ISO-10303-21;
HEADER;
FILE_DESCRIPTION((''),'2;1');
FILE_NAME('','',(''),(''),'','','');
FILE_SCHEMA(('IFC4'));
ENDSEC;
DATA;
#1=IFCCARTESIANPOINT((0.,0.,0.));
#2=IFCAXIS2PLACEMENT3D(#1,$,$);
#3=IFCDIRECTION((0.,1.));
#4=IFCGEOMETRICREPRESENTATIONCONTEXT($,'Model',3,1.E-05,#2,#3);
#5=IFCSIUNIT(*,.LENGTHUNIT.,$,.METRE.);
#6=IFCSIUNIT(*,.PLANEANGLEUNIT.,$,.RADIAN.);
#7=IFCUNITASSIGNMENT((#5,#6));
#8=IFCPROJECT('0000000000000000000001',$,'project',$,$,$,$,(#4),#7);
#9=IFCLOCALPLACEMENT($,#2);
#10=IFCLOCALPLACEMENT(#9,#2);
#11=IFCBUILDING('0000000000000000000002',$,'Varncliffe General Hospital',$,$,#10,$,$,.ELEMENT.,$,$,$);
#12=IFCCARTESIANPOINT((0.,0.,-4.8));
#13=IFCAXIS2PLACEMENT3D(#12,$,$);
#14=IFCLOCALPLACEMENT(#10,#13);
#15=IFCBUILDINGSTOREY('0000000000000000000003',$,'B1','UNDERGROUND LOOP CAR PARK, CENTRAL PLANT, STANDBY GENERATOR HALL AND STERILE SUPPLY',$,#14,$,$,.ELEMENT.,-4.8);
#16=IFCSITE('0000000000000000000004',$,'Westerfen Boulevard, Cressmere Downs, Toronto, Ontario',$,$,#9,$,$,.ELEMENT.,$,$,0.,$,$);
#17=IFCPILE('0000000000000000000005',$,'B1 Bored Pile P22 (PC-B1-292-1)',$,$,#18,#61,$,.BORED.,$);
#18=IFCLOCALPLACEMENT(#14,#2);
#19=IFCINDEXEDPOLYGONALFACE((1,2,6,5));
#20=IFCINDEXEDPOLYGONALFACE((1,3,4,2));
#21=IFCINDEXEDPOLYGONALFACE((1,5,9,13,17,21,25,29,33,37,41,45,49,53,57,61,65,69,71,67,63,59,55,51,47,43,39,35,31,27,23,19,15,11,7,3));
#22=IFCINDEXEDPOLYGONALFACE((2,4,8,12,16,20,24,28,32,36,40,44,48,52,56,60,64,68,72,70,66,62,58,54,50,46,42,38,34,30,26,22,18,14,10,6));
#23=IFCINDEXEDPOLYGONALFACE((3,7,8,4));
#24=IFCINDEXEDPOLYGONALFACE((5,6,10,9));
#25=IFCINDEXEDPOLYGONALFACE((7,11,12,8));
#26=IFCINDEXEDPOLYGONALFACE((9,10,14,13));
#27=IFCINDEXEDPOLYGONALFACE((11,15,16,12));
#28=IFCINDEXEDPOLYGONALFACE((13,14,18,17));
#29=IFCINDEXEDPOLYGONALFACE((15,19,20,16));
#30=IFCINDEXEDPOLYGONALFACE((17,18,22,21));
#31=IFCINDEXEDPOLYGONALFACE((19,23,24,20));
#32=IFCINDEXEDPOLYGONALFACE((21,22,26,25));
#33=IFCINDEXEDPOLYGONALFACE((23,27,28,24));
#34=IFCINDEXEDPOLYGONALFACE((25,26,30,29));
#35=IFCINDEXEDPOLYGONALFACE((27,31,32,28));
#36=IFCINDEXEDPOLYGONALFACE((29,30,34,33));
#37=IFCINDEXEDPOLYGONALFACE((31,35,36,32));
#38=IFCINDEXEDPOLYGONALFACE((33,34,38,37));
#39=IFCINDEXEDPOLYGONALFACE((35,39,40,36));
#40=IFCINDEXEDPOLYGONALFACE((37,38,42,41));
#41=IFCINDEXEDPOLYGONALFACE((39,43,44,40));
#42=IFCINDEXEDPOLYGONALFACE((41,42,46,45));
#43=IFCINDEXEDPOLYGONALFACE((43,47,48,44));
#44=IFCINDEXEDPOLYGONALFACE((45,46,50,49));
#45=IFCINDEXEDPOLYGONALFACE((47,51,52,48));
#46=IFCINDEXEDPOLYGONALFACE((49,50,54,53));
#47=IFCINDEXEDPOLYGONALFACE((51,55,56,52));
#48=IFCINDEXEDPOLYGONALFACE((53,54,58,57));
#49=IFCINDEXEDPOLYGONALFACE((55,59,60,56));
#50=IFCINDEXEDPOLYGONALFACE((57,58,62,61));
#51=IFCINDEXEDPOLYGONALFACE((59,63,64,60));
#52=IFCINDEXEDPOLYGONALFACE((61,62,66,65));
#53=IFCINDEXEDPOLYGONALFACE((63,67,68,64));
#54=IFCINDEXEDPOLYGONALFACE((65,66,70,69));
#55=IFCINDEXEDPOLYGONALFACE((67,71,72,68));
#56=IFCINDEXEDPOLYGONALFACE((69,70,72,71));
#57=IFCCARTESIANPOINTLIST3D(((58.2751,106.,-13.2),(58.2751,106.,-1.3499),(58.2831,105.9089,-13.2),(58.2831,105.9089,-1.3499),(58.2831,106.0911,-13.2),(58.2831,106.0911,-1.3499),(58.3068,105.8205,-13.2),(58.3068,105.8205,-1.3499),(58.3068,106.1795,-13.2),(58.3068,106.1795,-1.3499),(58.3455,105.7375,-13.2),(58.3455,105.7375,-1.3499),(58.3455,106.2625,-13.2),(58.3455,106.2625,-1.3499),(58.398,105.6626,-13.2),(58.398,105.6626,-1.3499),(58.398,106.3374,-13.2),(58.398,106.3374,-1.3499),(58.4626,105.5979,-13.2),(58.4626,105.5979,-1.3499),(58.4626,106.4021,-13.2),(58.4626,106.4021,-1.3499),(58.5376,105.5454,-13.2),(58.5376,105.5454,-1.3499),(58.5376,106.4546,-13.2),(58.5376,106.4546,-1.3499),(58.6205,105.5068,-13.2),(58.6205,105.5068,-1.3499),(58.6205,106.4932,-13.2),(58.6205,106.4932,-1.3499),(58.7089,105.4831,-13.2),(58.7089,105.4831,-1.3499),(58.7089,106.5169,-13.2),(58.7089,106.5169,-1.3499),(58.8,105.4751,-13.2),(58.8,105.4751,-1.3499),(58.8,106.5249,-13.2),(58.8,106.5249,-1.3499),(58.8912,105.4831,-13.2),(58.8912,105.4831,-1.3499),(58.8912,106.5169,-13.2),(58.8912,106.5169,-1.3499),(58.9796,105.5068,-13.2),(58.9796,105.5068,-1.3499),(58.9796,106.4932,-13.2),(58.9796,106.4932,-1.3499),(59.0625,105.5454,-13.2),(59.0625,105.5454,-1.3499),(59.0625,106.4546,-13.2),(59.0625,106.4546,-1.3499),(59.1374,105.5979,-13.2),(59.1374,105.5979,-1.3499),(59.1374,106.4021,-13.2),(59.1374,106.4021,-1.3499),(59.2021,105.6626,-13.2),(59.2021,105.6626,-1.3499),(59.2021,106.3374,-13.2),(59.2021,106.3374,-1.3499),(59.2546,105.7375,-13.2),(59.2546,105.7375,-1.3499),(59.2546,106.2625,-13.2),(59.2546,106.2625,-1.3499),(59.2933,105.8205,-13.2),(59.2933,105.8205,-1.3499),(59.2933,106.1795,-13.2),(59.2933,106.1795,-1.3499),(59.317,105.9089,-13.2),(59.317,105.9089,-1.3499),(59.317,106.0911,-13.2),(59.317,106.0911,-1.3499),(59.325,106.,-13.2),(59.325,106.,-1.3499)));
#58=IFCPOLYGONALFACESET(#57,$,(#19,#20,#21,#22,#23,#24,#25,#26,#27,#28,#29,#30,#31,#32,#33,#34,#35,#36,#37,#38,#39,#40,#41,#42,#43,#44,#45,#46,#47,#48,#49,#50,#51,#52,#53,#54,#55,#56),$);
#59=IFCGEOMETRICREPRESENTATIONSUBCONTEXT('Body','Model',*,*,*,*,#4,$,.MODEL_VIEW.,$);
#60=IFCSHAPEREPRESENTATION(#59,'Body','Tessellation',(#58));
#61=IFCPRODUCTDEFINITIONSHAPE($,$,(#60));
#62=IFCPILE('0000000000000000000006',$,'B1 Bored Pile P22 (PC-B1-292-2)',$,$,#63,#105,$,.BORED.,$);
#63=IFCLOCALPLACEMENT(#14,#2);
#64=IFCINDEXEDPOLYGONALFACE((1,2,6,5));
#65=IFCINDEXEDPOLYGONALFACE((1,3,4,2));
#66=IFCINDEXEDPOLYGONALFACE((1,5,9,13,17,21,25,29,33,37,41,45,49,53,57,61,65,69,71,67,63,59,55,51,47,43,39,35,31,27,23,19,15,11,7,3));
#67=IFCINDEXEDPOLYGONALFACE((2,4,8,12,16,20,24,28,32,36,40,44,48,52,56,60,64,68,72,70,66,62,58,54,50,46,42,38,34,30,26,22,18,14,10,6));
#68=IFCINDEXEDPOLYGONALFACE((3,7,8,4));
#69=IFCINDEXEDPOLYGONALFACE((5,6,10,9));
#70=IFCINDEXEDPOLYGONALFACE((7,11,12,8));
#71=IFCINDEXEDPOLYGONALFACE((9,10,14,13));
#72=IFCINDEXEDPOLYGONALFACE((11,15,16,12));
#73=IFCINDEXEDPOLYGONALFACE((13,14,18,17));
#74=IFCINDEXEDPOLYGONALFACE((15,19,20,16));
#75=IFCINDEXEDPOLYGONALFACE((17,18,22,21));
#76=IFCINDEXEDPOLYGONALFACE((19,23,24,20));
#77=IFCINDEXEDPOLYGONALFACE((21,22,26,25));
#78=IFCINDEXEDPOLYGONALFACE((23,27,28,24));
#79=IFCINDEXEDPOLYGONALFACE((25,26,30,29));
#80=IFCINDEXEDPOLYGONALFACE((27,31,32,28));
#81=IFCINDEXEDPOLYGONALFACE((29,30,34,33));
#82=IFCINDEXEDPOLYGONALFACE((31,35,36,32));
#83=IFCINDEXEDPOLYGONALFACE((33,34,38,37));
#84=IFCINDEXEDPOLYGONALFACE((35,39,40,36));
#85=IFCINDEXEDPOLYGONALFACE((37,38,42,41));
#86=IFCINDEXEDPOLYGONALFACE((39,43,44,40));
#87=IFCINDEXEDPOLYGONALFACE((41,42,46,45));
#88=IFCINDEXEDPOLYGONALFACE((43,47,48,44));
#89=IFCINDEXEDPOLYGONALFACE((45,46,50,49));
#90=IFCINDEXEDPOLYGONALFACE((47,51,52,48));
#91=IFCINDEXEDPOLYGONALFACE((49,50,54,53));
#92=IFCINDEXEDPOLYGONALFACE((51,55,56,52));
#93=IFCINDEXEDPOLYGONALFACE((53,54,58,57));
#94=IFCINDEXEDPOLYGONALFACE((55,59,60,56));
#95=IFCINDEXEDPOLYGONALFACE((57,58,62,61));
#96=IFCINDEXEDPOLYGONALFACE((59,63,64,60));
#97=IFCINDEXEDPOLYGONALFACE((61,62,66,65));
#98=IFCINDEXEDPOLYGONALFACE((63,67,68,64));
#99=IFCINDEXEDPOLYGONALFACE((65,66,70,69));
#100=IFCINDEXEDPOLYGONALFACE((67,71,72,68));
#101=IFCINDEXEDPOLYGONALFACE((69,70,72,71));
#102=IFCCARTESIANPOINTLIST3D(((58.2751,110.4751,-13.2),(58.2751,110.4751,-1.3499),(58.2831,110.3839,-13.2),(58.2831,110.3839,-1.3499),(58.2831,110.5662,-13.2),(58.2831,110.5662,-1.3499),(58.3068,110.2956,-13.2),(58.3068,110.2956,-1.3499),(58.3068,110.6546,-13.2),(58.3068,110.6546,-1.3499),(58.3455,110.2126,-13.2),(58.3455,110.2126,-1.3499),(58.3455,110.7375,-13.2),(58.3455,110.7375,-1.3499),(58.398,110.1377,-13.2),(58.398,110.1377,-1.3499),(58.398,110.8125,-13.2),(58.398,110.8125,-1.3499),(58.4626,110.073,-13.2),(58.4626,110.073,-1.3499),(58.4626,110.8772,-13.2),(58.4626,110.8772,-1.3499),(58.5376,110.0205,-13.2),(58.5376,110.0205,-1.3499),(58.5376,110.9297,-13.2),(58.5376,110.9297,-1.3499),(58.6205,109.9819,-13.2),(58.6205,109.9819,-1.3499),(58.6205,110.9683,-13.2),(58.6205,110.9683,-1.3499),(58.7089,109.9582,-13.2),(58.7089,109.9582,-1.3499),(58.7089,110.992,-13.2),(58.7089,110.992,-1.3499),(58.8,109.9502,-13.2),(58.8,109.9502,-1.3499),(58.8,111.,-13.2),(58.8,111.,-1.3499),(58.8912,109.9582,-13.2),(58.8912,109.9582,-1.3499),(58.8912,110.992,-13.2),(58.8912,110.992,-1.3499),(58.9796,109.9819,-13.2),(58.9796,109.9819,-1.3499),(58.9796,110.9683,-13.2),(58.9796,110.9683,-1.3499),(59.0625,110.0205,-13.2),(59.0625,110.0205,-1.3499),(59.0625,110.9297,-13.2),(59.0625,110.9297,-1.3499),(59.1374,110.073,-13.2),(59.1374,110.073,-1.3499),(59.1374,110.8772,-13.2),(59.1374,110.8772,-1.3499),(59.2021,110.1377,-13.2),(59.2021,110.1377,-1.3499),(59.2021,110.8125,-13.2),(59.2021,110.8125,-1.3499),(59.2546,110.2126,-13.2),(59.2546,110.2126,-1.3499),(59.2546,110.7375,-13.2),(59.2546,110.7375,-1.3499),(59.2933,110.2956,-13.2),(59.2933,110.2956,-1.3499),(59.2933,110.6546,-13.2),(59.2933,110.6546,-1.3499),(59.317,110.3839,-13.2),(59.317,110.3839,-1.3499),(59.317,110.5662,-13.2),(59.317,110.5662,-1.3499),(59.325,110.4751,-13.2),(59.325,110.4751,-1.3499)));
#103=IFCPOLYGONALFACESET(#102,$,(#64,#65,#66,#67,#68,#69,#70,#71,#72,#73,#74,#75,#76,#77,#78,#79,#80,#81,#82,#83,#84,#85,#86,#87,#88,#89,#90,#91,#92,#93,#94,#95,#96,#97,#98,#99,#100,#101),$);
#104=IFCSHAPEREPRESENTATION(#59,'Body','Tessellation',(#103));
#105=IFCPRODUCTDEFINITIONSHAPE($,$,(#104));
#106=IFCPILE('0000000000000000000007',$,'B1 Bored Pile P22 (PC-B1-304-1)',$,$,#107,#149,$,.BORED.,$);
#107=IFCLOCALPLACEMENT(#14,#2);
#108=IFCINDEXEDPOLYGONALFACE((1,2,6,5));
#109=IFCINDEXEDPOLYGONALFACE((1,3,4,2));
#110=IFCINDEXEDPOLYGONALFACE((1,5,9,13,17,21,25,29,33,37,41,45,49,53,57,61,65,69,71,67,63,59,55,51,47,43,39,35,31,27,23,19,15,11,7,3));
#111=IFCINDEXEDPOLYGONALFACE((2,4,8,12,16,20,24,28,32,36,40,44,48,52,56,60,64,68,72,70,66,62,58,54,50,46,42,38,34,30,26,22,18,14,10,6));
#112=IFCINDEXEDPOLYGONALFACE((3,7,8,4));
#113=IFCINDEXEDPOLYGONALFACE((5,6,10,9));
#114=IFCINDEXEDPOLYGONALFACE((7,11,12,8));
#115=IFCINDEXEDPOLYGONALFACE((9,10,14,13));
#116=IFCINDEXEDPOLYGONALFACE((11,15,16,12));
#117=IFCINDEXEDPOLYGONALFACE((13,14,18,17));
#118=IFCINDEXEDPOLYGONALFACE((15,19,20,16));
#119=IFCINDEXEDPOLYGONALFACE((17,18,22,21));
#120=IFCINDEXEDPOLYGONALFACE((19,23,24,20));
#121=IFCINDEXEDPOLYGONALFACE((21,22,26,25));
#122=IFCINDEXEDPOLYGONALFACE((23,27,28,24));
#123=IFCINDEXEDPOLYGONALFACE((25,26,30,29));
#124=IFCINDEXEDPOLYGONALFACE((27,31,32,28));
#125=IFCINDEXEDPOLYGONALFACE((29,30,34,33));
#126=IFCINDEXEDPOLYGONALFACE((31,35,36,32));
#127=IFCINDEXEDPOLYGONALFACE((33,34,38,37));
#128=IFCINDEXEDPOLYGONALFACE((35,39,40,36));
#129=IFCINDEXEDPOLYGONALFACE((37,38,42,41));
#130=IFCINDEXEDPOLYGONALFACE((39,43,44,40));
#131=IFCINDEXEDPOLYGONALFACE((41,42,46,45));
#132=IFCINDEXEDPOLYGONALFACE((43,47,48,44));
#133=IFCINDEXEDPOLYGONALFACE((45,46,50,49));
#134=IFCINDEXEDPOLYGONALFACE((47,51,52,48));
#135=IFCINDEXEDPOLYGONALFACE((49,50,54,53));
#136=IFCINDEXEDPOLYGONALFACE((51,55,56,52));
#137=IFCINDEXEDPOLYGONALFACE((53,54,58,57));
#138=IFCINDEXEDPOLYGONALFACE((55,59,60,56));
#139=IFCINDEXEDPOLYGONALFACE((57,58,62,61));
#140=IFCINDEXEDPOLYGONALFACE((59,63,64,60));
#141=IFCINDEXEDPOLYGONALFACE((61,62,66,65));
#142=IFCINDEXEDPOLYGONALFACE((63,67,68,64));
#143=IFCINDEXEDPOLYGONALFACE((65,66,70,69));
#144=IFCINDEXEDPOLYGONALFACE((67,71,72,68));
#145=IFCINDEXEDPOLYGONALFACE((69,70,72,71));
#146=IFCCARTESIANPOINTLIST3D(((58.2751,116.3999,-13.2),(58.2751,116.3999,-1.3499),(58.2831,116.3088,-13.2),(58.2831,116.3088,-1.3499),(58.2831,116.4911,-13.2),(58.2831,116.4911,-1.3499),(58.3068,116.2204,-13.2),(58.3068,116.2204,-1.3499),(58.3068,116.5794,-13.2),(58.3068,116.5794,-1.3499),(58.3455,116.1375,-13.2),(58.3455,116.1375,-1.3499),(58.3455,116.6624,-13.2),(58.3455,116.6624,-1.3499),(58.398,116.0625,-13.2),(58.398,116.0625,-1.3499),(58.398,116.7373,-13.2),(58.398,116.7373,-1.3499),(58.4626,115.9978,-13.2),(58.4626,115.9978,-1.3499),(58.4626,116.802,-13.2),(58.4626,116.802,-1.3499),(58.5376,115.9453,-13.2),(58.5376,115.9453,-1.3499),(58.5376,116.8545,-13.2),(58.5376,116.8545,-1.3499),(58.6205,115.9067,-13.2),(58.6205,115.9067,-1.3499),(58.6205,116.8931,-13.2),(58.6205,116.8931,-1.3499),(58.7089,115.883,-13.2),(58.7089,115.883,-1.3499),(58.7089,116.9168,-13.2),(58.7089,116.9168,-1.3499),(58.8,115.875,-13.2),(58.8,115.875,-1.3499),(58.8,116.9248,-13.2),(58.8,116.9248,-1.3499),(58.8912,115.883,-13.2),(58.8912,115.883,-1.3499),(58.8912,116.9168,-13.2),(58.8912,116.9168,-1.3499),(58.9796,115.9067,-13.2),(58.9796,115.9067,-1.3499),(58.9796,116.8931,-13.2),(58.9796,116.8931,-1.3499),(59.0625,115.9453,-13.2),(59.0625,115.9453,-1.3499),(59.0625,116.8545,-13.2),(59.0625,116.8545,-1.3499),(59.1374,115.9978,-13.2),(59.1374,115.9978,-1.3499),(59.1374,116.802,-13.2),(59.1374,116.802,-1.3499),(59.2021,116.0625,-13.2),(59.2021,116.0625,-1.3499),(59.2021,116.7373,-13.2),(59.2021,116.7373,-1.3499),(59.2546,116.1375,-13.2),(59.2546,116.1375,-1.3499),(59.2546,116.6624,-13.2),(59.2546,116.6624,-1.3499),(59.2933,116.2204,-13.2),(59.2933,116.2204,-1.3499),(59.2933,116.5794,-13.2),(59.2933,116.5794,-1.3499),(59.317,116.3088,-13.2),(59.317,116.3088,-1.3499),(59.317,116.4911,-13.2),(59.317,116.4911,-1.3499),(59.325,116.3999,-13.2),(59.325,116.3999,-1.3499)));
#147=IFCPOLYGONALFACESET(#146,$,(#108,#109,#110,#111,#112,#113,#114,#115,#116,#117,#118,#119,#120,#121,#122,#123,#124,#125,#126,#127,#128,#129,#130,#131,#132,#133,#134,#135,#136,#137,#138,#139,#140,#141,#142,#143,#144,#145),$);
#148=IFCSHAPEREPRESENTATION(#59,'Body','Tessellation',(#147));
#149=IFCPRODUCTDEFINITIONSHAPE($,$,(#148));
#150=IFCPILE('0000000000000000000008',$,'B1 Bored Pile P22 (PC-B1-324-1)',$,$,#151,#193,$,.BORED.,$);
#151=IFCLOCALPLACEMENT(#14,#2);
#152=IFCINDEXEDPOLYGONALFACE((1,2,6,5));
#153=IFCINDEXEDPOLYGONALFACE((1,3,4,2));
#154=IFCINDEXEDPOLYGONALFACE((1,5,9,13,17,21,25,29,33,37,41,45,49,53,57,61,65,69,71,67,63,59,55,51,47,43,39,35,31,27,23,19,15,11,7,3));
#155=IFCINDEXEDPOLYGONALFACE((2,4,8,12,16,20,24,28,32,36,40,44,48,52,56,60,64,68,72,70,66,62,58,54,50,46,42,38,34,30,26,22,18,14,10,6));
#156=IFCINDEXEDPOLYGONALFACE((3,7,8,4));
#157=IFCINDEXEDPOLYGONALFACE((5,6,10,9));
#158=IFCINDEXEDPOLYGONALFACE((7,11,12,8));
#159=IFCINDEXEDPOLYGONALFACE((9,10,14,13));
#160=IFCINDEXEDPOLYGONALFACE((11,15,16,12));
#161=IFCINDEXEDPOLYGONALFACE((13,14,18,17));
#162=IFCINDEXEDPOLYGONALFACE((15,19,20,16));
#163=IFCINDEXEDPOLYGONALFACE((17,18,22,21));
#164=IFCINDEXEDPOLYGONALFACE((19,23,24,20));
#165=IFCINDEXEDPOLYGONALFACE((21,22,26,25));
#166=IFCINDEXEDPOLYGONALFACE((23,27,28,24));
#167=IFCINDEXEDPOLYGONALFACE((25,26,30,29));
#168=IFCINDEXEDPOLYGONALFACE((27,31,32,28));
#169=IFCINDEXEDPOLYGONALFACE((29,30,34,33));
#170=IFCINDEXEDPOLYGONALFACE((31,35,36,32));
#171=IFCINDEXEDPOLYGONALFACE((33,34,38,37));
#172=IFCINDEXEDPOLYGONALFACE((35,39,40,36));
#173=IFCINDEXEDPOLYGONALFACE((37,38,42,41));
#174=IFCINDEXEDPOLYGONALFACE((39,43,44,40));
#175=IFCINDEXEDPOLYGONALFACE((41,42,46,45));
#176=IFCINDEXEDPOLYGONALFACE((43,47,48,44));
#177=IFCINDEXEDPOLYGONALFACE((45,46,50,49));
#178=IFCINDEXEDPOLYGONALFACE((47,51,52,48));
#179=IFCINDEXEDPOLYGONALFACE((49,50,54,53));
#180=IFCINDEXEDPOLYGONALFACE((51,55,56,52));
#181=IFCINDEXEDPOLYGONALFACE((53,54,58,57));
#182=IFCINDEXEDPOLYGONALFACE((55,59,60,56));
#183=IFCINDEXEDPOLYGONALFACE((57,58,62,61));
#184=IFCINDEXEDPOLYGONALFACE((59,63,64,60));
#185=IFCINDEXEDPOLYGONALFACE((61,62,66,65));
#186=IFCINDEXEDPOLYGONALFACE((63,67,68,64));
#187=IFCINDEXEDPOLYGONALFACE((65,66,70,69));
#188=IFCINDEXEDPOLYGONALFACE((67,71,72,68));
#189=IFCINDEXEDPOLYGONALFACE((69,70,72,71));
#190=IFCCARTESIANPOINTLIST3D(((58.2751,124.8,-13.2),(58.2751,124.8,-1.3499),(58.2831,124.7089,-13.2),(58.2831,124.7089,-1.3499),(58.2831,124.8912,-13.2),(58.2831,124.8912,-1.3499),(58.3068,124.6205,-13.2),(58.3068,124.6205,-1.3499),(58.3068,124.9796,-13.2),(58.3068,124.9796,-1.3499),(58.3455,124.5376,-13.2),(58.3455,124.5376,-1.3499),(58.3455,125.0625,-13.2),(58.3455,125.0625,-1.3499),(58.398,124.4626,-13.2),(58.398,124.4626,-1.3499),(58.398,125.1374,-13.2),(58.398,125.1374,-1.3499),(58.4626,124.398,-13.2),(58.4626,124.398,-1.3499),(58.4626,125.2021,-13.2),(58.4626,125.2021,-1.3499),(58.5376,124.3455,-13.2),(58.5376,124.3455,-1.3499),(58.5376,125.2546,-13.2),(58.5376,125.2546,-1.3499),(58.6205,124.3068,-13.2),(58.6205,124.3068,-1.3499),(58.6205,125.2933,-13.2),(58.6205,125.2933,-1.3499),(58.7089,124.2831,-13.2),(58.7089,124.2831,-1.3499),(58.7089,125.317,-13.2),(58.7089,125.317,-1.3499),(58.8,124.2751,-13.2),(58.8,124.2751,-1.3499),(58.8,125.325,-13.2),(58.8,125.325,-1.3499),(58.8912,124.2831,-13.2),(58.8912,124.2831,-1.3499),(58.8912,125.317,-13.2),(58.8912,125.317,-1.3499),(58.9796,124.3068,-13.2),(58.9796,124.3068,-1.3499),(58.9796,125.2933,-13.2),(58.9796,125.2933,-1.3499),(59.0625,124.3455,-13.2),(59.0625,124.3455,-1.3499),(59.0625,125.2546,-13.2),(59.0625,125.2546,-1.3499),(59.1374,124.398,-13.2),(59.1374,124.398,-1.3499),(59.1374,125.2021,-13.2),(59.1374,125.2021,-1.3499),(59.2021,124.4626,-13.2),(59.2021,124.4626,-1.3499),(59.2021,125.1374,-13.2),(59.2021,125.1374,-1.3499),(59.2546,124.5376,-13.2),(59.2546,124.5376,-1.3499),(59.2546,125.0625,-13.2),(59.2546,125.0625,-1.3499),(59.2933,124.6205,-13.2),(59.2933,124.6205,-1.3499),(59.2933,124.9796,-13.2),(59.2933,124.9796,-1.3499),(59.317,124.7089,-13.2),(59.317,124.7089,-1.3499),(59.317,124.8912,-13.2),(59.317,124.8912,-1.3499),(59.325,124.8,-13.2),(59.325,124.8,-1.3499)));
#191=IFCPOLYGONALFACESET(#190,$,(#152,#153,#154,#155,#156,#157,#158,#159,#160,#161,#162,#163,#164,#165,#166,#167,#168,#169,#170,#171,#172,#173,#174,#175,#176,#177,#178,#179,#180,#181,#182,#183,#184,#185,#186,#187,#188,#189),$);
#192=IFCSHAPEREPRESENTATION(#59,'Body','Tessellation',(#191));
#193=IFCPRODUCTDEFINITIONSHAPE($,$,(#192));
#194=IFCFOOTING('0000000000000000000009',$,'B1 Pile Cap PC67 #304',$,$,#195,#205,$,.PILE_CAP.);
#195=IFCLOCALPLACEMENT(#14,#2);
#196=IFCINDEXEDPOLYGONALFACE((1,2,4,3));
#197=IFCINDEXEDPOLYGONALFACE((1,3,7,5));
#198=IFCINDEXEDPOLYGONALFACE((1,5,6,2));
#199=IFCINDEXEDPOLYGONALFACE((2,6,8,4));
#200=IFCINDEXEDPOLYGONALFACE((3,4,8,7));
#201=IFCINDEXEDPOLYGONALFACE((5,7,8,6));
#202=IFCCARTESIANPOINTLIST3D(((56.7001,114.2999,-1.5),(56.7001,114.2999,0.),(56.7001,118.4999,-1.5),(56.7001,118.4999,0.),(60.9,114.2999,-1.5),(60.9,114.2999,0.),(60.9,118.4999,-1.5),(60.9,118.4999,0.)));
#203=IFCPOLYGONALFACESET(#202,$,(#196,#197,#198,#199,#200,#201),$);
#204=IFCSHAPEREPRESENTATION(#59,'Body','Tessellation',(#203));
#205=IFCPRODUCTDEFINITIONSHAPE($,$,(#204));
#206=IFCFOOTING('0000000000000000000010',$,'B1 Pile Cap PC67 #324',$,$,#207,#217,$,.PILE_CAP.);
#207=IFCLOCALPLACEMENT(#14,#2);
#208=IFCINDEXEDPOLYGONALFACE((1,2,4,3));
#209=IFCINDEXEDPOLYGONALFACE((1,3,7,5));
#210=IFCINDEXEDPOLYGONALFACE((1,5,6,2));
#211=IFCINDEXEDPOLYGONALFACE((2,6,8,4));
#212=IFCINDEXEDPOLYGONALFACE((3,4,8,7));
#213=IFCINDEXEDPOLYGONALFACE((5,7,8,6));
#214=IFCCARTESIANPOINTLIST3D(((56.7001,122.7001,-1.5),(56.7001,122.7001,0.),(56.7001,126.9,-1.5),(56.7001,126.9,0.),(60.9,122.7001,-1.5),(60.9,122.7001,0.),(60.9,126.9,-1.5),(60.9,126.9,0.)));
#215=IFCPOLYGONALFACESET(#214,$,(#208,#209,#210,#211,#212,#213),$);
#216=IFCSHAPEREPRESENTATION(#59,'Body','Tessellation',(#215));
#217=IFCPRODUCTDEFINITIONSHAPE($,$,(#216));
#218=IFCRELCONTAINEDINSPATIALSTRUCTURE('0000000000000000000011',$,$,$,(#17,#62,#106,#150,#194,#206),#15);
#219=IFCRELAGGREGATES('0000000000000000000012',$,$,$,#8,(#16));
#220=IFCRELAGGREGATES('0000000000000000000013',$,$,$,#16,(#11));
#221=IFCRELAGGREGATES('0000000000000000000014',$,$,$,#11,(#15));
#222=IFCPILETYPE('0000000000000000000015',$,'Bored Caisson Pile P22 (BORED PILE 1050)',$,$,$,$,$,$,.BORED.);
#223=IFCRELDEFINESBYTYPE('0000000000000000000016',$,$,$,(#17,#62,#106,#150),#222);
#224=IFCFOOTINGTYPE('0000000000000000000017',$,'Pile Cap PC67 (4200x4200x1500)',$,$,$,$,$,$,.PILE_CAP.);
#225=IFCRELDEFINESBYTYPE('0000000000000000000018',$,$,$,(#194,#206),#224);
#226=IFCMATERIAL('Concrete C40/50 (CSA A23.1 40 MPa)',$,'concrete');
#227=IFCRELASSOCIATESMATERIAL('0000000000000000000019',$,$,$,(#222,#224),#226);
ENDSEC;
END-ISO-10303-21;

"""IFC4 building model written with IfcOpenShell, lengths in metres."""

from ifc_helpers import new_model, si_unit, direction, frame, origin, origin_2d, place, context, subcontext, project, spatial, rectangle, circle, extrude, material, material_profile, profile_set, type_object, element, save


model = new_model("IFC4")

# Units and contexts
model_context = context("Model", 3, precision=1e-05, world=origin(), true_north=direction((0.0, 1.0)))
body_context = subcontext(model_context, "Body", "Model", "MODEL_VIEW")
ifc_project = project(units=[si_unit("LENGTHUNIT", "METRE"), si_unit("PLANEANGLEUNIT", "RADIAN")], contexts=[model_context])

# Site, building, storey
site_placement = place(None, origin())
site = spatial("IfcSite", under=ifc_project, at=site_placement, Name="Westerfen Boulevard, Cressmere Downs, Toronto, Ontario", CompositionType="ELEMENT", RefElevation=0.0)
building_placement = place(site_placement, origin())
building = spatial("IfcBuilding", under=site, at=building_placement, Name="Varncliffe General Hospital", CompositionType="ELEMENT")
storey_placement = place(building_placement, frame((0.0, 0.0, -4.8)))
storey = spatial("IfcBuildingStorey", under=building, at=storey_placement, Name="B1", Description="UNDERGROUND LOOP CAR PARK, CENTRAL PLANT, STANDBY GENERATOR HALL AND STERILE SUPPLY", CompositionType="ELEMENT", Elevation=-4.8)

# Piles
ifc_material_1 = material(Name="Concrete C40/50 (CSA A23.1 40 MPa)", Category="concrete")
ifc_material_profile_1 = material_profile(ifc_material_1, circle(Radius=0.5249, at=origin_2d()), Name="BORED PILE 1050")
ifc_profile_set_1 = profile_set([ifc_material_profile_1], Name="Concrete C40/50 (CSA A23.1 40 MPa)")
pile_type = type_object("IfcPileType", Name="Bored Caisson Pile P22 (BORED PILE 1050)", PredefinedType="BORED", material=ifc_profile_set_1)
for number, where, z_axis, x_axis, name in (
    (1, (58.8, 106.0, -1.3499), (0.0, 0.0, -1.0), (1.0, 0.0, 0.0), "B1 Bored Pile P22 (PC-B1-292-1)"),
    (2, (58.8, 110.4751, -1.3499), (0.0, 0.0, -1.0), (1.0, 0.0, 0.0), "B1 Bored Pile P22 (PC-B1-292-2)"),
    (3, (58.8, 116.3999, -1.3499), (0.0, 0.0, -1.0), (1.0, 0.0, 0.0), "B1 Bored Pile P22 (PC-B1-304-1)"),
    (4, (58.8, 124.8, -1.3499), (0.0, 0.0, -1.0), (1.0, 0.0, 0.0), "B1 Bored Pile P22 (PC-B1-324-1)"),
):
    element("IfcPile", number, at=place(storey_placement, frame(where, z_axis=z_axis, x_axis=x_axis)), inside=storey, type_object=pile_type, Name=name, PredefinedType="BORED", context=body_context, shape_type="SweptSolid", body=[
        extrude(circle(Radius=0.5249, at=origin_2d()), origin(), (0.0, 0.0, 1.0), 11.8501),
    ])

# Footings
footing_type_1 = type_object("IfcFootingType", Name="Pile Cap PC67 (4200x4200x1500)", PredefinedType="PILE_CAP", material=ifc_material_1)
for number, where, z_axis, x_axis, name in (
    (5, (58.8, 116.3999, -1.5), (0.0, 0.0, 1.0), (1.0, 0.0, 0.0), "B1 Pile Cap PC67 #304"),
    (6, (58.8, 124.8, -1.5), (0.0, 0.0, 1.0), (1.0, 0.0, 0.0), "B1 Pile Cap PC67 #324"),
):
    element("IfcFooting", number, at=place(storey_placement, frame(where, z_axis=z_axis, x_axis=x_axis)), inside=storey, type_object=footing_type_1, Name=name, PredefinedType="PILE_CAP", context=body_context, shape_type="SweptSolid", body=[
        extrude(rectangle(XDim=4.2, YDim=4.2, at=origin_2d()), origin(), (0.0, 0.0, 1.0), 1.5),
    ])

save(model, "model.ifc")
